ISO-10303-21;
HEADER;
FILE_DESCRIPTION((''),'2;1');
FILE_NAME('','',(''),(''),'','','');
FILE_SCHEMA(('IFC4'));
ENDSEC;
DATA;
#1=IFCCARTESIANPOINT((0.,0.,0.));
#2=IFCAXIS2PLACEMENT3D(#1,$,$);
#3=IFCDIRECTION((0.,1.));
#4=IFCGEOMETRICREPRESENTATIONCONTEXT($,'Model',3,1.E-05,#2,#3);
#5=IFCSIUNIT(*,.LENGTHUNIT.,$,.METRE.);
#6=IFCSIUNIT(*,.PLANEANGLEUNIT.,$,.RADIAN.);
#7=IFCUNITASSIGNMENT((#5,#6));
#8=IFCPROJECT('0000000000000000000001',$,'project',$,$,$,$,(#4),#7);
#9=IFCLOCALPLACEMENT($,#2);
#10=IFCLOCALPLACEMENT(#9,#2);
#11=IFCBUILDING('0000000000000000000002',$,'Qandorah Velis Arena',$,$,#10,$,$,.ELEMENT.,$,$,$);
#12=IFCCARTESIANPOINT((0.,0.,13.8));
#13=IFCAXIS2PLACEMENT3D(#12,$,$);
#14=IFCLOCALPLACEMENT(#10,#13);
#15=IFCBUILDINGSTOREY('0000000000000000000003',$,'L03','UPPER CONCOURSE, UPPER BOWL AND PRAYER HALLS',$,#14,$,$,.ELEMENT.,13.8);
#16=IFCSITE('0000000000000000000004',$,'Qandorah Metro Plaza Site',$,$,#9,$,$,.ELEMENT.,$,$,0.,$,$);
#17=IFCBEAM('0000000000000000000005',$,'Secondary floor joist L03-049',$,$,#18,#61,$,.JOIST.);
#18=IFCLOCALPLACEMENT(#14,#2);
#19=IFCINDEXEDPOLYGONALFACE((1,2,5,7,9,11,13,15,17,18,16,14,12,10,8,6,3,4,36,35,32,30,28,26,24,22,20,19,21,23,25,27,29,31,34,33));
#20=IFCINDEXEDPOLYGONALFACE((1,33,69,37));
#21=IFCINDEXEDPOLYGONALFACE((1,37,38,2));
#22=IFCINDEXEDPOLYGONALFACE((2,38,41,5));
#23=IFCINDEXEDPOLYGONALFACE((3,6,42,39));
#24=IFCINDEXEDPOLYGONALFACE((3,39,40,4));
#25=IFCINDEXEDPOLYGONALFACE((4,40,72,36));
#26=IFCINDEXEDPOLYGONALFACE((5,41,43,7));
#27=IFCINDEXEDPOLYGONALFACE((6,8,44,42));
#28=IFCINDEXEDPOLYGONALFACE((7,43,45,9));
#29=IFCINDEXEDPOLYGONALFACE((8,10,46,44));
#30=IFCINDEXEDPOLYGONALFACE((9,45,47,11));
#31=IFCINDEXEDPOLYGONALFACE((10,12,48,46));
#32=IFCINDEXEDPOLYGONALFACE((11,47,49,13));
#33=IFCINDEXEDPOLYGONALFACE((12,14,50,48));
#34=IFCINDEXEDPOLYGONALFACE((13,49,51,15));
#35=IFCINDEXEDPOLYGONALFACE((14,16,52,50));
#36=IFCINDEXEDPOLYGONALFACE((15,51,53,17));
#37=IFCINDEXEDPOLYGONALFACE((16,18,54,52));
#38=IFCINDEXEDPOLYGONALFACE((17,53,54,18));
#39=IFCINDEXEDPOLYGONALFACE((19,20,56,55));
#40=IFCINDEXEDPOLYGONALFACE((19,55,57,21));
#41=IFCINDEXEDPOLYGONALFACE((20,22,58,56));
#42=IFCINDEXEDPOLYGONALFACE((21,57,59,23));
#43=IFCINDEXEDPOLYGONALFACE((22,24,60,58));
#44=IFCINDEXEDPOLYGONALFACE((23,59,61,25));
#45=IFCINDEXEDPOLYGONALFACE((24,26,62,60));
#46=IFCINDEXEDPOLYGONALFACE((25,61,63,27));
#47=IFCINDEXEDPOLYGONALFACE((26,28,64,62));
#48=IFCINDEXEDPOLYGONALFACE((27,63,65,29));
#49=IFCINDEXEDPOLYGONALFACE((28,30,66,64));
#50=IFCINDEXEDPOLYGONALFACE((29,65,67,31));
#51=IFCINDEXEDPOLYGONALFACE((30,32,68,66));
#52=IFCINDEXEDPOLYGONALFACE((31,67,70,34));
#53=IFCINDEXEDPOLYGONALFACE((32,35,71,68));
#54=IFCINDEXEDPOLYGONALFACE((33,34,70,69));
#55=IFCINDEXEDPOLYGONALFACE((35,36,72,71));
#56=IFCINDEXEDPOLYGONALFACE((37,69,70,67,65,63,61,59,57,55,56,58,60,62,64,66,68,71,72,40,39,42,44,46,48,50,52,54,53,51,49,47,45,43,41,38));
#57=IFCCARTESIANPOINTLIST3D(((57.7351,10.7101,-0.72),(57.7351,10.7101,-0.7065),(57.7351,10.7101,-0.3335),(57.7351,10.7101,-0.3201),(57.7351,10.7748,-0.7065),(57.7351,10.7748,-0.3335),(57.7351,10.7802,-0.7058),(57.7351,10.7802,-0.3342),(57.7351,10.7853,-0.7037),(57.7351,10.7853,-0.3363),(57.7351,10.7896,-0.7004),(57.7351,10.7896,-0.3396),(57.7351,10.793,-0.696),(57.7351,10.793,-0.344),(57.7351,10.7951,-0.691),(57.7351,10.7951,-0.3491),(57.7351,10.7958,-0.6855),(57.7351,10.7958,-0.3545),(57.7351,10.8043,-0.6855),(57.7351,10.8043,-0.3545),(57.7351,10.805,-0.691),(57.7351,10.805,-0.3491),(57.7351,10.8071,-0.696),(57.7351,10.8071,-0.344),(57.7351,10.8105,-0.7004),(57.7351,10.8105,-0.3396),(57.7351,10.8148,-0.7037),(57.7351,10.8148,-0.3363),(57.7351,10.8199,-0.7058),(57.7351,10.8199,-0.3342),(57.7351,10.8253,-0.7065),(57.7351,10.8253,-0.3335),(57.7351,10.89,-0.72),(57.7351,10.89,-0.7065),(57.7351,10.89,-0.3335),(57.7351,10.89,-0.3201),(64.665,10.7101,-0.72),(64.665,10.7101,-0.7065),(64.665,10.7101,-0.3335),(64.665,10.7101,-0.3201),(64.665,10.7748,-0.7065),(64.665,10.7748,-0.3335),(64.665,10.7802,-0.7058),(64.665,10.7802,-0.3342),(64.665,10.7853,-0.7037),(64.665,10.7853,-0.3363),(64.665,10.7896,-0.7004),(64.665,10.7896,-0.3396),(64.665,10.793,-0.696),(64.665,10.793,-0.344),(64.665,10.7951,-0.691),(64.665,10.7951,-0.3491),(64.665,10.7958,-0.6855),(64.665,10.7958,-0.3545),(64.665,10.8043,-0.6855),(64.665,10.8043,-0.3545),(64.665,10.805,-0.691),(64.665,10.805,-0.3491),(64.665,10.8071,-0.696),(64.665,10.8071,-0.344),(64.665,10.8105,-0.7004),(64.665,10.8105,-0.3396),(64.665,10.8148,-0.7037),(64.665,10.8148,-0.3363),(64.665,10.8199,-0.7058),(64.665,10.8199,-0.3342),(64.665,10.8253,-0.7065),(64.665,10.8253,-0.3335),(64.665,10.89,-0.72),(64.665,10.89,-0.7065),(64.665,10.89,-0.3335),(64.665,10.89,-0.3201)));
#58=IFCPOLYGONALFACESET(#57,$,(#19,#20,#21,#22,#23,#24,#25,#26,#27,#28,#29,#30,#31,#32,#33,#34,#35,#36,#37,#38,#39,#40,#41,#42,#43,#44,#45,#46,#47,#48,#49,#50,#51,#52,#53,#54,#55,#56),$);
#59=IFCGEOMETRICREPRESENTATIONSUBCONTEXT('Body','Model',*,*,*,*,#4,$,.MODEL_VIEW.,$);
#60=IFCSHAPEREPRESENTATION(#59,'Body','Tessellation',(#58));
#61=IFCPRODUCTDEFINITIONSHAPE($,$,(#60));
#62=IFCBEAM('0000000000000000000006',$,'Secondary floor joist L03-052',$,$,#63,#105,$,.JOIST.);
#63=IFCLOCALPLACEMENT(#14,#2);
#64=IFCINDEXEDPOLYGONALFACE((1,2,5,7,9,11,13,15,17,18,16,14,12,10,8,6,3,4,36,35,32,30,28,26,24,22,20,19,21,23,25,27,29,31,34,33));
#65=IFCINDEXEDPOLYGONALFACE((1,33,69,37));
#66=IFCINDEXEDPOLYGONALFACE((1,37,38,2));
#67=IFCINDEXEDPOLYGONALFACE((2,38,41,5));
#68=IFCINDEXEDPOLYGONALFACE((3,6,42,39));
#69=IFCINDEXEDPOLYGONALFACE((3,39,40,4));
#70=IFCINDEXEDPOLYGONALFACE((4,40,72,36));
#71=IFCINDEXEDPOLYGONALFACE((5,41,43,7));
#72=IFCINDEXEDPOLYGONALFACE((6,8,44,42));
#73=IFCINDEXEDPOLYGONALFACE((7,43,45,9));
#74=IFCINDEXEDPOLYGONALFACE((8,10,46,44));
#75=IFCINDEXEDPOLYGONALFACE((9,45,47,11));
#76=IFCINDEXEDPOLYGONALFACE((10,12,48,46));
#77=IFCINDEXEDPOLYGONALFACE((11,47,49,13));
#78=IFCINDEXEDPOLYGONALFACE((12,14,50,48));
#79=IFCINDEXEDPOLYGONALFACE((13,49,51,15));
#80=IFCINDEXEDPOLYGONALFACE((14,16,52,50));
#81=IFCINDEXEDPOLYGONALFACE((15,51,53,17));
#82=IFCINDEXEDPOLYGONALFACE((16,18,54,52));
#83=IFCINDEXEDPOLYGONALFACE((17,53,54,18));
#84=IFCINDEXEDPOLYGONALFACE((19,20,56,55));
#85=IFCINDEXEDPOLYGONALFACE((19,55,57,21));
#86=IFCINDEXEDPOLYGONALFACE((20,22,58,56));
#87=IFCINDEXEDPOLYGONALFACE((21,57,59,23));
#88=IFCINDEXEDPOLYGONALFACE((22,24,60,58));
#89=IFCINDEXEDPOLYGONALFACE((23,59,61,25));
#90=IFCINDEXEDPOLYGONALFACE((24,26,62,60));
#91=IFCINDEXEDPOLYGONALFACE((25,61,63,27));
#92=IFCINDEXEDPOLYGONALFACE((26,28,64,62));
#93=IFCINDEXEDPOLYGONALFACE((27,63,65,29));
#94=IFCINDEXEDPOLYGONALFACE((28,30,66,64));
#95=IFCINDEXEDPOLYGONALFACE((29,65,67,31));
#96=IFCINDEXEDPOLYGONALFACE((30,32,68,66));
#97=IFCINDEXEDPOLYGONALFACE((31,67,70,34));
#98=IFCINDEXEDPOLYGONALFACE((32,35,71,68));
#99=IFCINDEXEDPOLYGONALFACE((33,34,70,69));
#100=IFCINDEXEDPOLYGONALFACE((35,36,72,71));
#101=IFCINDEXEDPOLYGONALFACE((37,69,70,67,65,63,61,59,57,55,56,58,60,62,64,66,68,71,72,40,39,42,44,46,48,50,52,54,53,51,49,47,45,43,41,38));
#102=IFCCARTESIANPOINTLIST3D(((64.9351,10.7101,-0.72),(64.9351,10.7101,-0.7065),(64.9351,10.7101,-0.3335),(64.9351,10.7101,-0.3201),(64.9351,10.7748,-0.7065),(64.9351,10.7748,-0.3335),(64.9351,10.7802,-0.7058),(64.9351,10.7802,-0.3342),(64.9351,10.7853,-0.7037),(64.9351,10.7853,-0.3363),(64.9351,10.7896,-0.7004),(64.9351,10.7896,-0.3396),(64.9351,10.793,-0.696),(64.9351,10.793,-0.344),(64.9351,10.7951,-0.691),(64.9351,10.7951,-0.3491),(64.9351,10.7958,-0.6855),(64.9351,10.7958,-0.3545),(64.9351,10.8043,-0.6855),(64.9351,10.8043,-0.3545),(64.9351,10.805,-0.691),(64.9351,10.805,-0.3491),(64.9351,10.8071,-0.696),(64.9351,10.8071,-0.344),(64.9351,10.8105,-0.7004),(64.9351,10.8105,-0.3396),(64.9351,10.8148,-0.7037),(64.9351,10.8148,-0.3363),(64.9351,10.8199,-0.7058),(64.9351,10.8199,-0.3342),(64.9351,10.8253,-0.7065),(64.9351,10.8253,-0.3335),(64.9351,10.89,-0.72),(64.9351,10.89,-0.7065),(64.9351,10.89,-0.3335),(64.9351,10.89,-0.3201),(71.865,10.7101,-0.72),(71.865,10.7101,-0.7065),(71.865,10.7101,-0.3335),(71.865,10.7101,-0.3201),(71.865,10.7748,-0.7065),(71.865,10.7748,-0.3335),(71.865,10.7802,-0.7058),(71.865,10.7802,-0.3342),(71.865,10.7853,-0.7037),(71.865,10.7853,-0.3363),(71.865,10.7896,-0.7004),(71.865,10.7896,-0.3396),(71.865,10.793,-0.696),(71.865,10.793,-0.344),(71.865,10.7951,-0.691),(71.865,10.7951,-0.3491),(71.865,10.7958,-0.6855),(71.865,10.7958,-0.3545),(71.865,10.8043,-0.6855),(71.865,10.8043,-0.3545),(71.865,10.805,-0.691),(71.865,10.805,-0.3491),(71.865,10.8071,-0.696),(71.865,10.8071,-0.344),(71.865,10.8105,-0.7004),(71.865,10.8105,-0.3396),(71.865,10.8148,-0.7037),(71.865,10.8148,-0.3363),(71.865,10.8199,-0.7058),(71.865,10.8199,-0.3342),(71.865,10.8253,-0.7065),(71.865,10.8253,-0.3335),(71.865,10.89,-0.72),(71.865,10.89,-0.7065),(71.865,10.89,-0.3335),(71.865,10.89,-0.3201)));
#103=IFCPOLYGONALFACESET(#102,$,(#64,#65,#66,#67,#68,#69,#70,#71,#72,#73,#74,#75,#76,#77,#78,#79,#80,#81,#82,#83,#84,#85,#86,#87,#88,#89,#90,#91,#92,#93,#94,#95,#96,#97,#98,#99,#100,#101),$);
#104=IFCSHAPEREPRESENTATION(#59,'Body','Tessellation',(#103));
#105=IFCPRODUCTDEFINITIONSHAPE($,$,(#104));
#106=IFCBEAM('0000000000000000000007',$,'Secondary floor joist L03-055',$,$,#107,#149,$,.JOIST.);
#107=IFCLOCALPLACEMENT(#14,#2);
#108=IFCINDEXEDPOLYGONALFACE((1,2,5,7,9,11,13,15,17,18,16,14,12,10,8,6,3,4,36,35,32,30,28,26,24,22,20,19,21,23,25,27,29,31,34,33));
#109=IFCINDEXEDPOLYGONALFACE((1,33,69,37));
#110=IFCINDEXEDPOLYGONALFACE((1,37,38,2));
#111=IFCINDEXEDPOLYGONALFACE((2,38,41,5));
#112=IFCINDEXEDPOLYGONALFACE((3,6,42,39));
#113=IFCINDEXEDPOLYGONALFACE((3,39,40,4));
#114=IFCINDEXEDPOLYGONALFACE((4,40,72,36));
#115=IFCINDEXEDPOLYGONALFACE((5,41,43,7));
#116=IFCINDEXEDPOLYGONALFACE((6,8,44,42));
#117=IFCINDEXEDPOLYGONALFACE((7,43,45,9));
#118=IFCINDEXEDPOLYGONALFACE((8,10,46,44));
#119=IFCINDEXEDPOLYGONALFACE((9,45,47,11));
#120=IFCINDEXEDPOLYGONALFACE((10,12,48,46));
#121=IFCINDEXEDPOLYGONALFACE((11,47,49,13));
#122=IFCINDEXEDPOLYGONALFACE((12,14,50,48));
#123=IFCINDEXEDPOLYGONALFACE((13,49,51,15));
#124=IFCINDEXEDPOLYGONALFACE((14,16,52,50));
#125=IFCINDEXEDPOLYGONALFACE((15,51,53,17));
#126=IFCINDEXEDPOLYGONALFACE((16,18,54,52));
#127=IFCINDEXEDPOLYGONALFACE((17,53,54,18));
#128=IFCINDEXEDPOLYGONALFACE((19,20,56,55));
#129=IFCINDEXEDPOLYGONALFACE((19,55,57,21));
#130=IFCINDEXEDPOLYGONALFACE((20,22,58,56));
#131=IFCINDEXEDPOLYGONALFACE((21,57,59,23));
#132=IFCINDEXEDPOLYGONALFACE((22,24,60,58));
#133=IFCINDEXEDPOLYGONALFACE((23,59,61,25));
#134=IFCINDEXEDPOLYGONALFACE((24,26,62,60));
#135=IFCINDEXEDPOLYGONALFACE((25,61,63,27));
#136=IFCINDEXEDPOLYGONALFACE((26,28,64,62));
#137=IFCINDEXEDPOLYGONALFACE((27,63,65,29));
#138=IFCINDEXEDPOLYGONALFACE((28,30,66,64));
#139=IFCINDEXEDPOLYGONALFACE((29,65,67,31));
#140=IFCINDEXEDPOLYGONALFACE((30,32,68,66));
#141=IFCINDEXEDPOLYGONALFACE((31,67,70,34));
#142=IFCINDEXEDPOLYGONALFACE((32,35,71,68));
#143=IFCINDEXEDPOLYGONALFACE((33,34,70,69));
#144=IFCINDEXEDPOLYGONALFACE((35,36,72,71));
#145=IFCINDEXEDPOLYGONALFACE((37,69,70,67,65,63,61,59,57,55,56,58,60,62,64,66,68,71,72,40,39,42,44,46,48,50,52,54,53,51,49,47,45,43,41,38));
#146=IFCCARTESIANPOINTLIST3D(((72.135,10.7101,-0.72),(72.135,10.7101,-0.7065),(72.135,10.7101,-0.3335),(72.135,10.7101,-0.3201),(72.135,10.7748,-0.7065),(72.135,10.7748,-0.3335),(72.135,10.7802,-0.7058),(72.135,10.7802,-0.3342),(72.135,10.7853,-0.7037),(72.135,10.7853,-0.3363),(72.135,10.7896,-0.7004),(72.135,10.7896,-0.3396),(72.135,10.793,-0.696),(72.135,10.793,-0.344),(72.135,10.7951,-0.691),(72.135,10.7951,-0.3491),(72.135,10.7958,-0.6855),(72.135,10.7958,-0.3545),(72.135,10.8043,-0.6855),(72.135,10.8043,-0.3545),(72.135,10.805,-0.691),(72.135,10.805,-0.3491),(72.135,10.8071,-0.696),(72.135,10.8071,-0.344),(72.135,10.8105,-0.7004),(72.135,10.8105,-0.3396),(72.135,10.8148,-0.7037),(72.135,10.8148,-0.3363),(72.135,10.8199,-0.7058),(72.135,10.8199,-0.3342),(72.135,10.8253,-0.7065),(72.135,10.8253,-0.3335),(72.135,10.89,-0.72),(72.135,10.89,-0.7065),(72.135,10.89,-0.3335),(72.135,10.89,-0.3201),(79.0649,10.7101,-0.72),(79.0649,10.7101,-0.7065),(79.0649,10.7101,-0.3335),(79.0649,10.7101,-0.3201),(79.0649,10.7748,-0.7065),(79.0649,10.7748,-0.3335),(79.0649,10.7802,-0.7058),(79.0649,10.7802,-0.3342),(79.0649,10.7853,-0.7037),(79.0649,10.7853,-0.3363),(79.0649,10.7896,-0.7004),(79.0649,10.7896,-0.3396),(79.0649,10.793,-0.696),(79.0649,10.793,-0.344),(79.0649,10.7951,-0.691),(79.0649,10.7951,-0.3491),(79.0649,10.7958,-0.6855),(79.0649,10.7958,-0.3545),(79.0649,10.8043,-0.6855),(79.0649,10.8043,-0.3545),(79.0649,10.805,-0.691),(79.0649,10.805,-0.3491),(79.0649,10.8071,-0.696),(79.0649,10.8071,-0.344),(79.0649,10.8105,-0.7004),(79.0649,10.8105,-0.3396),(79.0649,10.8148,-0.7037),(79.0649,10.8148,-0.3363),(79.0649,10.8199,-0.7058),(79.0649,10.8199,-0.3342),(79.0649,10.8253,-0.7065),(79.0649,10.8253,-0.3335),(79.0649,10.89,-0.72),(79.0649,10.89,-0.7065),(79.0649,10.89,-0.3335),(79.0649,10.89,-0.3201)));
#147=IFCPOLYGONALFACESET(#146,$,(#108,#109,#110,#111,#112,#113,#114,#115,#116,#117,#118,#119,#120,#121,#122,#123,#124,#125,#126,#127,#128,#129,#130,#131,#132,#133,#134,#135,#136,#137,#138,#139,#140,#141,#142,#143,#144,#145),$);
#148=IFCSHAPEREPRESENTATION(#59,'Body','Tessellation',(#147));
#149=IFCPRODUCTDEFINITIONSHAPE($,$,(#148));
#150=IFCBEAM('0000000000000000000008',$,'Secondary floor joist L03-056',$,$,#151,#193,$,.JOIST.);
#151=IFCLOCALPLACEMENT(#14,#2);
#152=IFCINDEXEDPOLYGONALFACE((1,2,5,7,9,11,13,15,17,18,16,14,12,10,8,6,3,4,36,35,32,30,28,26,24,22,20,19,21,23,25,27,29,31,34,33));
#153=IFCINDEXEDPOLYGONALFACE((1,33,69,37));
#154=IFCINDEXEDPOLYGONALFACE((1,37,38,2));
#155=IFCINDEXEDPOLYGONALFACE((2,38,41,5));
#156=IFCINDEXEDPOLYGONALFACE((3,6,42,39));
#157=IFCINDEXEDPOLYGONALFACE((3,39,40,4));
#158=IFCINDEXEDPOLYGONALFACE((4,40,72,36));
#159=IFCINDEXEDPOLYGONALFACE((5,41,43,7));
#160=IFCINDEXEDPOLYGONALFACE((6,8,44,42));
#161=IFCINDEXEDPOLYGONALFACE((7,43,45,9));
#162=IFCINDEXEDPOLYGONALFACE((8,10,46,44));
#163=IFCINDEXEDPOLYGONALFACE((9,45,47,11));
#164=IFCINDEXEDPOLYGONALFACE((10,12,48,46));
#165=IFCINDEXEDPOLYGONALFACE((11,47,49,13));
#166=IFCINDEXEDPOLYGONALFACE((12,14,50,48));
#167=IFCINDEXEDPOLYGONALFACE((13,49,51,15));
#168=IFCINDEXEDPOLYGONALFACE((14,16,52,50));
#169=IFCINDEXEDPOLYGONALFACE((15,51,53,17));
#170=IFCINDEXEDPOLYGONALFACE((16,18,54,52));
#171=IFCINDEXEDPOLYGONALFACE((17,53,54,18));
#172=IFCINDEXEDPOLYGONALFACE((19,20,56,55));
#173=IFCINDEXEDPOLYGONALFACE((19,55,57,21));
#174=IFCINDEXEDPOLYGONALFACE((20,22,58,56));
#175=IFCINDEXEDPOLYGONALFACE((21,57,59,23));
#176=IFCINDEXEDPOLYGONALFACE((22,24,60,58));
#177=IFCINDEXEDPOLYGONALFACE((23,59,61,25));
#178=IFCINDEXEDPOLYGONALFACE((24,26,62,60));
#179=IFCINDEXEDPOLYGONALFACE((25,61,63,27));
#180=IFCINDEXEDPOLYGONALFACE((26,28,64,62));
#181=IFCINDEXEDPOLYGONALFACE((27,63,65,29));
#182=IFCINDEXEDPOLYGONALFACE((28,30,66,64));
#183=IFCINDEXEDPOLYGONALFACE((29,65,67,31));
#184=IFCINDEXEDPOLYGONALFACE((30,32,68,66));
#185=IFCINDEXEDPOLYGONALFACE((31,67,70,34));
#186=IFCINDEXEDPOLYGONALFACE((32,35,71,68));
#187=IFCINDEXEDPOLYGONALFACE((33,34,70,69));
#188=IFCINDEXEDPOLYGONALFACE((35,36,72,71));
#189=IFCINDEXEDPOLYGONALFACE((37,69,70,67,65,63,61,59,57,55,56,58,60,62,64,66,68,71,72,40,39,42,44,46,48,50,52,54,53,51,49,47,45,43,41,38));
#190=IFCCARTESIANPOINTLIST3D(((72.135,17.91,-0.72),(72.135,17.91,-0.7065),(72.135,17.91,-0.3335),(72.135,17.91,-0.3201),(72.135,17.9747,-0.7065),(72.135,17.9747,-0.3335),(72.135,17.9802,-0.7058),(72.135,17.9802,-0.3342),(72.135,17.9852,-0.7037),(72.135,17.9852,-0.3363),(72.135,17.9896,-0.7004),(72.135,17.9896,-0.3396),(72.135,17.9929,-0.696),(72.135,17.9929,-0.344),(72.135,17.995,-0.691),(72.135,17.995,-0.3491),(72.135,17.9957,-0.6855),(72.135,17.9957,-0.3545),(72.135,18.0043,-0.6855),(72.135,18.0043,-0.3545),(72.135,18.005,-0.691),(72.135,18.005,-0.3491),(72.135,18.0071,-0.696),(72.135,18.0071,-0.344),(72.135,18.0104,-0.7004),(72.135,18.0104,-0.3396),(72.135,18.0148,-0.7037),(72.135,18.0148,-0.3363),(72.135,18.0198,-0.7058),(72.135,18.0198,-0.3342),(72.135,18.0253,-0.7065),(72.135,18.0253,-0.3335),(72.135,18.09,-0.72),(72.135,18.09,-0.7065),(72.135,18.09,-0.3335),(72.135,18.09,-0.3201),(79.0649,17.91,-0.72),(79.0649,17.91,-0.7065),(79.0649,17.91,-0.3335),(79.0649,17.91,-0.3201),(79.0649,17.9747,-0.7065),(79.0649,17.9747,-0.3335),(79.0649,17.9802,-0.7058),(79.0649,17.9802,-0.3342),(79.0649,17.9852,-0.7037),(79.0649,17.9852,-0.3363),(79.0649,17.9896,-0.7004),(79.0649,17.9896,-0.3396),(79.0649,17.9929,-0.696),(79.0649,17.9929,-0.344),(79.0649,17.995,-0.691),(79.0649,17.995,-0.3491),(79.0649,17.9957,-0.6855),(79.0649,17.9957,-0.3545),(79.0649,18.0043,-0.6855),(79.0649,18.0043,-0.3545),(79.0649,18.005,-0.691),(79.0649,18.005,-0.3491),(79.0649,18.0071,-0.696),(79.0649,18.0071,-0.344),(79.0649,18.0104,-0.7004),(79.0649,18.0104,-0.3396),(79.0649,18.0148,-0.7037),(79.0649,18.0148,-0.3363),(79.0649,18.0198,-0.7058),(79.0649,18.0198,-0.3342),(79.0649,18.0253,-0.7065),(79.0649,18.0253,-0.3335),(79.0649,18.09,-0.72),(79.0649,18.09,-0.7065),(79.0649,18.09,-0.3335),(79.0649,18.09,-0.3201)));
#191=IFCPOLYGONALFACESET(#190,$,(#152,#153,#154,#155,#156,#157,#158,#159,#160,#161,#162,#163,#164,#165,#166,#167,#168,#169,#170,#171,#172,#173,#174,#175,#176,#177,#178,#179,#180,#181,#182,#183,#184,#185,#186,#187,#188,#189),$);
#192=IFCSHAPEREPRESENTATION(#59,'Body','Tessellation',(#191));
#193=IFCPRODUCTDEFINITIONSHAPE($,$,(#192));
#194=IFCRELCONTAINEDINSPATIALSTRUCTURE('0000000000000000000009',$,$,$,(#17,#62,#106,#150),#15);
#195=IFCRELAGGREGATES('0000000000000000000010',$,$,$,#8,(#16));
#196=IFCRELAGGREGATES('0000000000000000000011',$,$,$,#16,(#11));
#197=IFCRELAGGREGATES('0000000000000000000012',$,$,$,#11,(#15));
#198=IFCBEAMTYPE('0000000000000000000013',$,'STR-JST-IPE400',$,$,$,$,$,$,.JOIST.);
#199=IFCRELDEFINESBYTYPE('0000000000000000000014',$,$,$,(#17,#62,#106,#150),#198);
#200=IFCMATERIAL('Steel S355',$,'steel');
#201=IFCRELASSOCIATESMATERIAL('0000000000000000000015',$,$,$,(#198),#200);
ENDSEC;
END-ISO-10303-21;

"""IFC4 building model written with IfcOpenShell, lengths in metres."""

from ifc_helpers import new_model, si_unit, direction, frame, origin, origin_2d, place, context, subcontext, project, spatial, i_section, extrude, material, material_profile, profile_set, type_object, element, save


model = new_model("IFC4")

# Units and contexts
model_context = context("Model", 3, precision=1e-05, world=origin(), true_north=direction((0.0, 1.0)))
body_context = subcontext(model_context, "Body", "Model", "MODEL_VIEW")
ifc_project = project(units=[si_unit("LENGTHUNIT", "METRE"), si_unit("PLANEANGLEUNIT", "RADIAN")], contexts=[model_context])

# Site, building, storey
site_placement = place(None, origin())
site = spatial("IfcSite", under=ifc_project, at=site_placement, Name="Qandorah Metro Plaza Site", CompositionType="ELEMENT", RefElevation=0.0)
building_placement = place(site_placement, origin())
building = spatial("IfcBuilding", under=site, at=building_placement, Name="Qandorah Velis Arena", CompositionType="ELEMENT")
storey_placement = place(building_placement, frame((0.0, 0.0, 13.8)))
storey = spatial("IfcBuildingStorey", under=building, at=storey_placement, Name="L03", Description="UPPER CONCOURSE, UPPER BOWL AND PRAYER HALLS", CompositionType="ELEMENT", Elevation=13.8)

# Beams
ifc_material_1 = material(Name="Steel S355", Category="steel")
ifc_material_profile_1 = material_profile(ifc_material_1, i_section(OverallWidth=0.1799, OverallDepth=0.3999, WebThickness=0.0085, FlangeThickness=0.0134, FilletRadius=0.021, at=origin_2d()), Name="IPE 400")
ifc_profile_set_1 = profile_set([ifc_material_profile_1], Name="Steel S355")
beam_type_1 = type_object("IfcBeamType", Name="STR-JST-IPE400", PredefinedType="JOIST", material=ifc_profile_set_1)
for number, where, z_axis, x_axis, name in (
    (1, (57.7351, 10.8, -0.52), (1.0, 0.0, 0.0), (0.0, 1.0, 0.0), "Secondary floor joist L03-049"),
    (2, (64.9351, 10.8, -0.52), (1.0, 0.0, 0.0), (0.0, 1.0, 0.0), "Secondary floor joist L03-052"),
    (3, (72.135, 10.8, -0.52), (1.0, 0.0, 0.0), (0.0, 1.0, 0.0), "Secondary floor joist L03-055"),
    (4, (72.135, 18.0, -0.52), (1.0, 0.0, 0.0), (0.0, 1.0, 0.0), "Secondary floor joist L03-056"),
):
    element("IfcBeam", number, at=place(storey_placement, frame(where, z_axis=z_axis, x_axis=x_axis)), inside=storey, type_object=beam_type_1, Name=name, PredefinedType="JOIST", context=body_context, shape_type="SweptSolid", body=[
        extrude(i_section(OverallWidth=0.1799, OverallDepth=0.3999, WebThickness=0.0085, FlangeThickness=0.0134, FilletRadius=0.021, at=origin_2d()), origin(), (0.0, 0.0, 1.0), 6.9299),
    ])

save(model, "model.ifc")
